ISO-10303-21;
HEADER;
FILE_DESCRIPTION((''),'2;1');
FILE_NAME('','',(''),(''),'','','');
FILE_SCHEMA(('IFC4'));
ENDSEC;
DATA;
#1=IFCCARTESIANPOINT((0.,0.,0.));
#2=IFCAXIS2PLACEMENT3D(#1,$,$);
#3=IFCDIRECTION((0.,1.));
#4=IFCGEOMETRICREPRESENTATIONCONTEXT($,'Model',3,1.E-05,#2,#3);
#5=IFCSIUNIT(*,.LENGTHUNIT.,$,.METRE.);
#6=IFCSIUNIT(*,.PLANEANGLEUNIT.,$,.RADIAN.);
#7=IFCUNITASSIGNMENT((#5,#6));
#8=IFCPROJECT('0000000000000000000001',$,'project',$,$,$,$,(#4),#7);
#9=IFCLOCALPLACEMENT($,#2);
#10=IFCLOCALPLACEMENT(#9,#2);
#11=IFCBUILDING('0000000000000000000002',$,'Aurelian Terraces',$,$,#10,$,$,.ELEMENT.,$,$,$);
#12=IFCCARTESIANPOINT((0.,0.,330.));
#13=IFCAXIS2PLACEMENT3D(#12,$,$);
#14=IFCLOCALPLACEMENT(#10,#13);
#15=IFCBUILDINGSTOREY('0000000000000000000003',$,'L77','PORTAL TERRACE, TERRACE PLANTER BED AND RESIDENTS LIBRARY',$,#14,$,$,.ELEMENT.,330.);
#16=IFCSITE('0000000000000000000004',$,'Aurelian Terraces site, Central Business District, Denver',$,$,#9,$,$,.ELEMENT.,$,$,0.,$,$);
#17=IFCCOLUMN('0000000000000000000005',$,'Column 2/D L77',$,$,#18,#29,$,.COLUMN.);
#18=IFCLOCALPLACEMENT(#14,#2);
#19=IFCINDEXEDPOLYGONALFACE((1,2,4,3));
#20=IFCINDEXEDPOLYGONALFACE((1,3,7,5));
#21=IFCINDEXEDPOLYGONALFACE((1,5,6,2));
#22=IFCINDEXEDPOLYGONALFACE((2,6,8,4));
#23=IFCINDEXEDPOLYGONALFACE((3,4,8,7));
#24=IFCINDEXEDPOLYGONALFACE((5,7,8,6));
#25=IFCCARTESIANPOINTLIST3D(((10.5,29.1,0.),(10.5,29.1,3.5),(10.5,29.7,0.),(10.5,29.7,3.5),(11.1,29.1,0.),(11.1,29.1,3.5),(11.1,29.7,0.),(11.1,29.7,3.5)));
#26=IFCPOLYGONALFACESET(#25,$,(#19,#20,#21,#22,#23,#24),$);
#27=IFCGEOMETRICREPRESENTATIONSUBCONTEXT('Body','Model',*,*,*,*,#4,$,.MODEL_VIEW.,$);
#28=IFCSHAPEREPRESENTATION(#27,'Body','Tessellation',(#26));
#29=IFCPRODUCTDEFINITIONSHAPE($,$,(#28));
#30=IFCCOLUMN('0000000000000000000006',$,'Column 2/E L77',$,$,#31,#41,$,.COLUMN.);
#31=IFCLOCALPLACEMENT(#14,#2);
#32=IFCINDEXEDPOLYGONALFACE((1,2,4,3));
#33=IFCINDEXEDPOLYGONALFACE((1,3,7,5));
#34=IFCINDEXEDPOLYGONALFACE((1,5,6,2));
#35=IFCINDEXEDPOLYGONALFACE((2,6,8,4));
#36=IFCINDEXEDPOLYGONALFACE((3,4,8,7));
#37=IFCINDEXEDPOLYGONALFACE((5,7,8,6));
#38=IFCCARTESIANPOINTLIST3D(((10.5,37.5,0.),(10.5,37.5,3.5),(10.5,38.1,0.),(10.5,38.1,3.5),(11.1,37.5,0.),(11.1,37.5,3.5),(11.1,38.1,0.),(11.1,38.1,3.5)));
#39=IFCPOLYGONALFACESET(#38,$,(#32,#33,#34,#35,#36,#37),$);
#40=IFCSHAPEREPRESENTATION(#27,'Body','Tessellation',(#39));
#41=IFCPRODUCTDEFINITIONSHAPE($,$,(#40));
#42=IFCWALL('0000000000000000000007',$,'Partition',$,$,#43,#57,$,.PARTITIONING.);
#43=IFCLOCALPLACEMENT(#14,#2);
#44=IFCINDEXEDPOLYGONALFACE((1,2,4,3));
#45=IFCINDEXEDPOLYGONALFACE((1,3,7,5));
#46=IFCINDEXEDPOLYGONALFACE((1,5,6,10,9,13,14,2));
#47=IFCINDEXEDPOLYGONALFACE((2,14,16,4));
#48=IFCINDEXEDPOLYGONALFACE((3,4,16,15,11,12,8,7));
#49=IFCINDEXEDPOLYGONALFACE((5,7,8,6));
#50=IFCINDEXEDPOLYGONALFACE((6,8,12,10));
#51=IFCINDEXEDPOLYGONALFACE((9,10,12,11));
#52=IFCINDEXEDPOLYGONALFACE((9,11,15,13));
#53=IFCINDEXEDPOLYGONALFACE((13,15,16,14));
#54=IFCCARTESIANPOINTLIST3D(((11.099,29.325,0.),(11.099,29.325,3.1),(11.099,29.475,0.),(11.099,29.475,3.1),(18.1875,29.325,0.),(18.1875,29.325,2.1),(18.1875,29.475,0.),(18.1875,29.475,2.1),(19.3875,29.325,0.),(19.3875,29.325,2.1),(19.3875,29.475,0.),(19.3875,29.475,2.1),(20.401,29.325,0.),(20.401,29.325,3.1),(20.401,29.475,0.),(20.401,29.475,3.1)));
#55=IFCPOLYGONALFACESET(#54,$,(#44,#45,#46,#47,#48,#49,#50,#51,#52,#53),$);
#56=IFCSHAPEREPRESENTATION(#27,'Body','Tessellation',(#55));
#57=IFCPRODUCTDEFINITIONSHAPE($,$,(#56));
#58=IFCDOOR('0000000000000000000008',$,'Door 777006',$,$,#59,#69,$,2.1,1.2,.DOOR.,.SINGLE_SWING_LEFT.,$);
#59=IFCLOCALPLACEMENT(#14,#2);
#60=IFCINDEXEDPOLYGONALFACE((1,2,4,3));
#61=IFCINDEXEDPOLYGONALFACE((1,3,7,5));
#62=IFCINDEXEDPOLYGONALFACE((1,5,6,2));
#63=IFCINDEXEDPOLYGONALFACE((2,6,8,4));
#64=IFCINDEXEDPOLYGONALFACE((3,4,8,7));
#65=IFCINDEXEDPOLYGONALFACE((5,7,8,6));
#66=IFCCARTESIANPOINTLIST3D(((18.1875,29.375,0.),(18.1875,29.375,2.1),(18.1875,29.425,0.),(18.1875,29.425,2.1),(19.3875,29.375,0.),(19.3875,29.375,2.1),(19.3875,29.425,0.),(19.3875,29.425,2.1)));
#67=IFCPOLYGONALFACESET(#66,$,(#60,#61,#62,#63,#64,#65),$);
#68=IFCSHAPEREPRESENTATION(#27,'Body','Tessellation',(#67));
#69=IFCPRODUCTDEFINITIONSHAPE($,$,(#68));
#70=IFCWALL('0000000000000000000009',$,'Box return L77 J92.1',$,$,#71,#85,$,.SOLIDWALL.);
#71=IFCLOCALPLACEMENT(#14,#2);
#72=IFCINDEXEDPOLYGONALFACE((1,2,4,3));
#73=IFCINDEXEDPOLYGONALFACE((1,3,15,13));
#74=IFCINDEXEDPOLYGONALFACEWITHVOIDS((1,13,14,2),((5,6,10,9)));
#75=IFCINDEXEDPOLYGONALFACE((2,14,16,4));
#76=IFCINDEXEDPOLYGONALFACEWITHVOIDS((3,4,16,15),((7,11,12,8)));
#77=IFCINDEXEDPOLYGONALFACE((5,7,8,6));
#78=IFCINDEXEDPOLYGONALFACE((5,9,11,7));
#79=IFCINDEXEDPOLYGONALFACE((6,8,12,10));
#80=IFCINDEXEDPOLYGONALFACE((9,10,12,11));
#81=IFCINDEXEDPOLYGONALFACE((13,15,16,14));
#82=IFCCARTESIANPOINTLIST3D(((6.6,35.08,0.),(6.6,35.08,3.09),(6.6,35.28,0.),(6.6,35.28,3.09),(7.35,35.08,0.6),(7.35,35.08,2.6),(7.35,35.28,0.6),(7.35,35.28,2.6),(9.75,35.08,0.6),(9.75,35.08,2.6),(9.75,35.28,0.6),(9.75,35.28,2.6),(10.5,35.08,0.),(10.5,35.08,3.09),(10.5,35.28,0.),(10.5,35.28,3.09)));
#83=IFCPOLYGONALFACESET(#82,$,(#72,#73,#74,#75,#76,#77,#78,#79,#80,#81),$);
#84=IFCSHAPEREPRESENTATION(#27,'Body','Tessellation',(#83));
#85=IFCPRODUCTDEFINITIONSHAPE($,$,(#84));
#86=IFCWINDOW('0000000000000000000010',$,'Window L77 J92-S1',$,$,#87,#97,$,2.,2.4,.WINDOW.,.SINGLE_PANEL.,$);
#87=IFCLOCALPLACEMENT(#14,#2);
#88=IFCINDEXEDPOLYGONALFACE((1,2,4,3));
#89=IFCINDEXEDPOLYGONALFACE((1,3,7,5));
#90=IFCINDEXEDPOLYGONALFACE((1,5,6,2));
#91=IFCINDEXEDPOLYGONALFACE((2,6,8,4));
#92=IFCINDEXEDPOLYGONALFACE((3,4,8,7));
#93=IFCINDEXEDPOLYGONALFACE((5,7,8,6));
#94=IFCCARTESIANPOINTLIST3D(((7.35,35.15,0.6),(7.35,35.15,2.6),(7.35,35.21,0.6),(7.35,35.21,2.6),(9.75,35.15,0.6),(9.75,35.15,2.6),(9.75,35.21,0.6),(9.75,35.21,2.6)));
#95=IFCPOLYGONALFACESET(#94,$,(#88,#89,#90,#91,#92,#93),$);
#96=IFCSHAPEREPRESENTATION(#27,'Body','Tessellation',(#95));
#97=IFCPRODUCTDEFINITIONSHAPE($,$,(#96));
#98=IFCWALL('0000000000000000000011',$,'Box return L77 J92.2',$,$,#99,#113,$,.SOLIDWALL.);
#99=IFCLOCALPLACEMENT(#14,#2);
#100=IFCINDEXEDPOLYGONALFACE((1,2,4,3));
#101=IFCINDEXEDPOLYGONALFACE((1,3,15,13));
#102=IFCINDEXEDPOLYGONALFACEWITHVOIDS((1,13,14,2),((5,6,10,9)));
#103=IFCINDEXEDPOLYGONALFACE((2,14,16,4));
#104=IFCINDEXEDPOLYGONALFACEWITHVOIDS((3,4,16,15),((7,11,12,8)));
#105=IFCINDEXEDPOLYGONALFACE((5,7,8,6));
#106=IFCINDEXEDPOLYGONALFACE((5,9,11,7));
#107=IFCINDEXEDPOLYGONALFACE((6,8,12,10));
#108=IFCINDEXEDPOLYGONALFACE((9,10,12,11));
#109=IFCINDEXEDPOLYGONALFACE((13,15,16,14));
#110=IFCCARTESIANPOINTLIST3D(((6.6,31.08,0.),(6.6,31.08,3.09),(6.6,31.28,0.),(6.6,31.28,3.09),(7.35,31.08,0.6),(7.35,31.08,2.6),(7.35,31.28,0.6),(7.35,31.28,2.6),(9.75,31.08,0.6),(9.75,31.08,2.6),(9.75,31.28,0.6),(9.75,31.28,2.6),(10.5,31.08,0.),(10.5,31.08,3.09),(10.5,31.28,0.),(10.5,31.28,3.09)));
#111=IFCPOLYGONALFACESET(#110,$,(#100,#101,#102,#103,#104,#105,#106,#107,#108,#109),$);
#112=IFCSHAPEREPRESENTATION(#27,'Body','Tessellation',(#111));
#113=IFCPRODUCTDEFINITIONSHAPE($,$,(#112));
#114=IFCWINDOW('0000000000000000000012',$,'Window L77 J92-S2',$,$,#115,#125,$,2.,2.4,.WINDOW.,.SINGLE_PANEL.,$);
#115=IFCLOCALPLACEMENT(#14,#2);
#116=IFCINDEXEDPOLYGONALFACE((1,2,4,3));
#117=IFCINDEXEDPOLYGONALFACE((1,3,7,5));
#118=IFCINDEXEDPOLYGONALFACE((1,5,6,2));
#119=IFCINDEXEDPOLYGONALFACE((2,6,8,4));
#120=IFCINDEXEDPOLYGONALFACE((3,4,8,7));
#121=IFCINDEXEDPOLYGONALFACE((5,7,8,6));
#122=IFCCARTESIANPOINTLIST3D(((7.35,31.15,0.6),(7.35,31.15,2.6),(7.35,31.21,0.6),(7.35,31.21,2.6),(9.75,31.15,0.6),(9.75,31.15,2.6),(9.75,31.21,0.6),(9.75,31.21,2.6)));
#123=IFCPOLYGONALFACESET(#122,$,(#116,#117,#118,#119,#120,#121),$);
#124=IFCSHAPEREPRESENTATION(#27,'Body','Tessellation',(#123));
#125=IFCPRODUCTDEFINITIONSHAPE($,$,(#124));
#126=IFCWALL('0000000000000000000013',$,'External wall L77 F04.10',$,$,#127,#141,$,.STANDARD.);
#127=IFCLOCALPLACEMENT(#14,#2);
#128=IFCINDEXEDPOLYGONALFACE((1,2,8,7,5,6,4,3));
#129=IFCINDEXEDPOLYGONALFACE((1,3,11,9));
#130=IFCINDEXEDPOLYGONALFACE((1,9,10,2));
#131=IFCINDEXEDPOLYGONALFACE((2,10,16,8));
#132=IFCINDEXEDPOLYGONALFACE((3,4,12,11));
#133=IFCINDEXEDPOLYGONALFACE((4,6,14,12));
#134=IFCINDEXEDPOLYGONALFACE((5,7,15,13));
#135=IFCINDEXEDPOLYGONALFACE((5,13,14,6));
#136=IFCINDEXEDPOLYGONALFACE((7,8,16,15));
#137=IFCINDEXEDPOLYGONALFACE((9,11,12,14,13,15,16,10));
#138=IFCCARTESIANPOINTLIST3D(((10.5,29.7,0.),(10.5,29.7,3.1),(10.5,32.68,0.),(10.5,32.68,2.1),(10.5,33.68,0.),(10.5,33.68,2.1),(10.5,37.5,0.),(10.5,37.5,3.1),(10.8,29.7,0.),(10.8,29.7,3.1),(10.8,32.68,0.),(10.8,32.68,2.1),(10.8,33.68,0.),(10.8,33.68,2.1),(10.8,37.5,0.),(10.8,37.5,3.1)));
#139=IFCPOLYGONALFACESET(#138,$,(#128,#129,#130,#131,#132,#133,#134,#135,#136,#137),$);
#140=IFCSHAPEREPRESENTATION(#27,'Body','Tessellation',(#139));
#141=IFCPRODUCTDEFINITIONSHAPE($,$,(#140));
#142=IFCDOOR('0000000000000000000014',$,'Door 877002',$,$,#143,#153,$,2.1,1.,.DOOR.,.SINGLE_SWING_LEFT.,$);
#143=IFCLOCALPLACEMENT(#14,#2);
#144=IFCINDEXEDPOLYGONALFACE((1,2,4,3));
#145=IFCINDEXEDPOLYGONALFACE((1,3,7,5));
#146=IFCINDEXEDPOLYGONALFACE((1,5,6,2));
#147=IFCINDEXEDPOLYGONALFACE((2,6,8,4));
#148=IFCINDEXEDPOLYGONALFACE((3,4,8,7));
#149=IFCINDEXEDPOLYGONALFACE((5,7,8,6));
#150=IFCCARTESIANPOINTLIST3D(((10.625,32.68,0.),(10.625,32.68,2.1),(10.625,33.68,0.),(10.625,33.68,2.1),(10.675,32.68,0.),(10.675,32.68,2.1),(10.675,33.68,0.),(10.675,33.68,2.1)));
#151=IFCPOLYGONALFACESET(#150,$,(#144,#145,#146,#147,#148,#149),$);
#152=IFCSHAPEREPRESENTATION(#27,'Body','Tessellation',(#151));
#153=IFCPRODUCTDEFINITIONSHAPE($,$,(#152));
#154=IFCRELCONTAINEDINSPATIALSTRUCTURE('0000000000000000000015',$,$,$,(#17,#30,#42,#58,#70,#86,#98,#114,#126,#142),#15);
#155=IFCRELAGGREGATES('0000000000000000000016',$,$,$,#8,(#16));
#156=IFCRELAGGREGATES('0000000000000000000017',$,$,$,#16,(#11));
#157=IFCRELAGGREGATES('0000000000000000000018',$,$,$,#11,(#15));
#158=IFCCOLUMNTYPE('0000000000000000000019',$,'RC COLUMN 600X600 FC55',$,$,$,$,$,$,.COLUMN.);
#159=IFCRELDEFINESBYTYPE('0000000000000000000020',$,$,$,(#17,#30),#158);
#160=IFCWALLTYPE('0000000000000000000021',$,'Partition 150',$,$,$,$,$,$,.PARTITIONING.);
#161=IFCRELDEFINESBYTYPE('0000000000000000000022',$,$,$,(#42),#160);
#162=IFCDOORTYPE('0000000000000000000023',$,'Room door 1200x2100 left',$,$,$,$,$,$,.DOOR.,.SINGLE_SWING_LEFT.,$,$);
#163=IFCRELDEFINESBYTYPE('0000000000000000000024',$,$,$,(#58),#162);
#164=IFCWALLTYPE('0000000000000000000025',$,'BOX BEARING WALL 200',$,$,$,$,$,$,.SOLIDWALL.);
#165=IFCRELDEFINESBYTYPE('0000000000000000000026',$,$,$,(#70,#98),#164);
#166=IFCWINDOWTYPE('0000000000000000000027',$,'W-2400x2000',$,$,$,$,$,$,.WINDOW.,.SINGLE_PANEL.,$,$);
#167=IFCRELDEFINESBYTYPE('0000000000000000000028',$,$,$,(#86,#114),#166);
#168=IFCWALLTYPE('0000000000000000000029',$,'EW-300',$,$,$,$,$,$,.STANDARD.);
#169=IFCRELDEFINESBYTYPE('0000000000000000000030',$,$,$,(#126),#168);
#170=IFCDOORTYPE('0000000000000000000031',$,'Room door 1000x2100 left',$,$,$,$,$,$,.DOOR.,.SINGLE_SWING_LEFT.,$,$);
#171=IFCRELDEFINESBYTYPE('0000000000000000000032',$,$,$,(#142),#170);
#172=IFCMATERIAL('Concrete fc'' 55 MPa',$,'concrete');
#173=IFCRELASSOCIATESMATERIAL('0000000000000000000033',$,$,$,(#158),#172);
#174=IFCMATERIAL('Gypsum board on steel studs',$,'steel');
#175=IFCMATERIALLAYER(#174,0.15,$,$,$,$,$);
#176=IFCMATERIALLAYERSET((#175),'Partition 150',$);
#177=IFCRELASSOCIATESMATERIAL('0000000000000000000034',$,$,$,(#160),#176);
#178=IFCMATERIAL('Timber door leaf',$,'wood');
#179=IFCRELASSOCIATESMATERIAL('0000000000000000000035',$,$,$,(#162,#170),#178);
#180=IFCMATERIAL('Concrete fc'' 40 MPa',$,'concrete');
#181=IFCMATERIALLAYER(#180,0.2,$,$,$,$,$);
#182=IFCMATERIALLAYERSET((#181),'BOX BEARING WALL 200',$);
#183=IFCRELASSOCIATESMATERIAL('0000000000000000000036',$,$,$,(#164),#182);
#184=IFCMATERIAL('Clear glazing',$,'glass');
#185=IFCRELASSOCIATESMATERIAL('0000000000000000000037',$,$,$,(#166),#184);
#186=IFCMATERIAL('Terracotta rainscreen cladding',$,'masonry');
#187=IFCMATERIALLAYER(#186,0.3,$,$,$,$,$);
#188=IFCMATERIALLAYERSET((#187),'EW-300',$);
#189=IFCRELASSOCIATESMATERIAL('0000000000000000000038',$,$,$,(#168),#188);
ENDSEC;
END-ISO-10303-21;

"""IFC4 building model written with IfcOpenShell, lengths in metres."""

from ifc_helpers import new_model, si_unit, direction, frame, frame_2d, origin, origin_2d, place, context, subcontext, project, spatial, rectangle, extrude, source, transform, mapped, material, layer, layer_set, material_profile, profile_set, type_object, element, fill, save


model = new_model("IFC4")

# Units and contexts
model_context = context("Model", 3, precision=1e-05, world=origin(), true_north=direction((0.0, 1.0)))
body_context = subcontext(model_context, "Body", "Model", "MODEL_VIEW")
ifc_project = project(units=[si_unit("LENGTHUNIT", "METRE"), si_unit("PLANEANGLEUNIT", "RADIAN")], contexts=[model_context])

# Site, building, storey
site_placement = place(None, origin())
site = spatial("IfcSite", under=ifc_project, at=site_placement, Name="Aurelian Terraces site, Central Business District, Denver", CompositionType="ELEMENT", RefElevation=0.0)
building_placement = place(site_placement, origin())
building = spatial("IfcBuilding", under=site, at=building_placement, Name="Aurelian Terraces", CompositionType="ELEMENT")
storey_placement = place(building_placement, frame((0.0, 0.0, 330.0)))
storey = spatial("IfcBuildingStorey", under=building, at=storey_placement, Name="L77", Description="PORTAL TERRACE, TERRACE PLANTER BED AND RESIDENTS LIBRARY", CompositionType="ELEMENT", Elevation=330.0)

# Columns
ifc_material_1 = material(Name="Concrete fc' 55 MPa", Category="concrete")
ifc_material_profile = material_profile(ifc_material_1, rectangle(XDim=0.6, YDim=0.6, at=origin_2d()))
ifc_profile_set = profile_set([ifc_material_profile], Name="Concrete fc' 55 MPa")
column_type = type_object("IfcColumnType", Name="RC COLUMN 600X600 FC55", PredefinedType="COLUMN", material=ifc_profile_set)
shared_shape_1 = source(origin(), body_context, "Body", "SweptSolid", [
    extrude(rectangle(XDim=0.6, YDim=0.6, at=origin_2d()), origin(), (0.0, 0.0, 1.0), 3.5),
])
for number, where, z_axis, x_axis, name in (
    (1, (10.8, 29.4, 0.0), (0.0, 0.0, 1.0), (1.0, 0.0, 0.0), "Column 2/D L77"),
    (2, (10.8, 37.8, 0.0), (0.0, 0.0, 1.0), (1.0, 0.0, 0.0), "Column 2/E L77"),
):
    element("IfcColumn", number, at=place(storey_placement, frame(where, z_axis=z_axis, x_axis=x_axis)), inside=storey, type_object=column_type, Name=name, PredefinedType="COLUMN", context=body_context, shape_type="MappedRepresentation", body=[
        mapped(shared_shape_1, transform((0.0, 0.0, 0.0), scale=1.0)),
    ])

# Wall, opening, door
ifc_material_2 = material(Name="Gypsum board on steel studs", Category="steel")
ifc_layer_1 = layer(ifc_material_2, 0.15)
ifc_layer_set_1 = layer_set([ifc_layer_1], Name="Partition 150")
wall_type_1 = type_object("IfcWallType", Name="Partition 150", PredefinedType="PARTITIONING", material=ifc_layer_set_1)
wall_1_placement = place(storey_placement, frame((11.099, 29.4, 0.0), z_axis=(0.0, 0.0, 1.0), x_axis=(1.0, 0.0, 0.0)))
wall_1 = element("IfcWall", 3, at=wall_1_placement, inside=storey, type_object=wall_type_1, Name="Partition", PredefinedType="PARTITIONING", context=body_context, shape_type="SweptSolid", body=[
    extrude(rectangle(XDim=9.302, YDim=0.15, at=frame_2d((4.651, 0.0))), origin(), (0.0, 0.0, 1.0), 3.1),
])
shared_shape_2 = source(origin(), body_context, "Body", "SweptSolid", [
    extrude(rectangle(XDim=1.2, YDim=2.1, at=frame_2d((0.6, 1.05))), frame((0.0, 0.085, 0.0), z_axis=(0.0, -1.0, 0.0), x_axis=(1.0, 0.0, 0.0)), (0.0, 0.0, 1.0), 0.17),
])
opening_1_placement = place(wall_1_placement, frame((7.0885, 0.0, 0.0)))
opening_1 = element("IfcOpeningElement", 4, at=opening_1_placement, cuts=wall_1, PredefinedType="OPENING", context=body_context, shape_type="MappedRepresentation", body=[
    mapped(shared_shape_2, transform((0.0, 0.0, 0.0), scale=1.0)),
])
ifc_material_3 = material(Name="Timber door leaf", Category="wood")
door_type_1 = type_object("IfcDoorType", Name="Room door 1200x2100 left", OperationType="SINGLE_SWING_LEFT", PredefinedType="DOOR", material=ifc_material_3)
shared_shape_3 = source(origin(), body_context, "Body", "SweptSolid", [
    extrude(rectangle(XDim=1.2, YDim=2.1, at=frame_2d((0.6, 1.05))), frame((0.0, 0.025, 0.0), z_axis=(0.0, -1.0, 0.0), x_axis=(1.0, 0.0, 0.0)), (0.0, 0.0, 1.0), 0.05),
])
door_1_placement = place(opening_1_placement, origin())
door_1 = element("IfcDoor", 5, at=door_1_placement, inside=storey, type_object=door_type_1, Name="Door 777006", OperationType="SINGLE_SWING_LEFT", OverallHeight=2.1, OverallWidth=1.2, PredefinedType="DOOR", context=body_context, shape_type="MappedRepresentation", body=[
    mapped(shared_shape_3, transform((0.0, 0.0, 0.0), scale=1.0)),
])
fill(opening_1, door_1)

# Walls, openings, windows
ifc_material_4 = material(Name="Concrete fc' 40 MPa", Category="concrete")
ifc_layer_2 = layer(ifc_material_4, 0.2)
ifc_layer_set_2 = layer_set([ifc_layer_2], Name="BOX BEARING WALL 200")
wall_type_2 = type_object("IfcWallType", Name="BOX BEARING WALL 200", PredefinedType="SOLIDWALL", material=ifc_layer_set_2)
shared_shape_4 = source(origin(), body_context, "Body", "SweptSolid", [
    extrude(rectangle(XDim=3.9, YDim=0.2, at=frame_2d((1.95, 0.0))), origin(), (0.0, 0.0, 1.0), 3.09),
])
wall_2_placement = place(storey_placement, frame((10.5, 35.18, 0.0), z_axis=(0.0, 0.0, 1.0), x_axis=(-1.0, 0.0, 0.0)))
wall_2 = element("IfcWall", 6, at=wall_2_placement, inside=storey, type_object=wall_type_2, Name="Box return L77 J92.1", PredefinedType="SOLIDWALL", context=body_context, shape_type="MappedRepresentation", body=[
    mapped(shared_shape_4, transform((0.0, 0.0, 0.0), scale=1.0)),
])
shared_shape_5 = source(origin(), body_context, "Body", "SweptSolid", [
    extrude(rectangle(XDim=2.4, YDim=2.0, at=frame_2d((1.2, 1.0))), frame((0.0, 0.11, 0.0), z_axis=(0.0, -1.0, 0.0), x_axis=(1.0, 0.0, 0.0)), (0.0, 0.0, 1.0), 0.22),
])
opening_2_placement = place(wall_2_placement, frame((0.75, 0.0, 0.6)))
opening_2 = element("IfcOpeningElement", 7, at=opening_2_placement, cuts=wall_2, PredefinedType="OPENING", context=body_context, shape_type="MappedRepresentation", body=[
    mapped(shared_shape_5, transform((0.0, 0.0, 0.0), scale=1.0)),
])
ifc_material_5 = material(Name="Clear glazing", Category="glass")
window_type_1 = type_object("IfcWindowType", Name="W-2400x2000", PartitioningType="SINGLE_PANEL", PredefinedType="WINDOW", material=ifc_material_5)
shared_shape_6 = source(origin(), body_context, "Body", "SweptSolid", [
    extrude(rectangle(XDim=2.4, YDim=2.0, at=frame_2d((1.2, 1.0))), frame((0.0, 0.03, 0.0), z_axis=(0.0, -1.0, 0.0), x_axis=(1.0, 0.0, 0.0)), (0.0, 0.0, 1.0), 0.06),
])
window_1_placement = place(opening_2_placement, origin())
window_1 = element("IfcWindow", 8, at=window_1_placement, inside=storey, type_object=window_type_1, Name="Window L77 J92-S1", OverallHeight=2.0, OverallWidth=2.4, PartitioningType="SINGLE_PANEL", PredefinedType="WINDOW", context=body_context, shape_type="MappedRepresentation", body=[
    mapped(shared_shape_6, transform((0.0, 0.0, 0.0), scale=1.0)),
])
fill(opening_2, window_1)
wall_3_placement = place(storey_placement, frame((10.5, 31.18, 0.0), z_axis=(0.0, 0.0, 1.0), x_axis=(-1.0, 0.0, 0.0)))
wall_3 = element("IfcWall", 9, at=wall_3_placement, inside=storey, type_object=wall_type_2, Name="Box return L77 J92.2", PredefinedType="SOLIDWALL", context=body_context, shape_type="MappedRepresentation", body=[
    mapped(shared_shape_4, transform((0.0, 0.0, 0.0), scale=1.0)),
])
opening_3_placement = place(wall_3_placement, frame((0.75, 0.0, 0.6)))
opening_3 = element("IfcOpeningElement", 10, at=opening_3_placement, cuts=wall_3, PredefinedType="OPENING", context=body_context, shape_type="MappedRepresentation", body=[
    mapped(shared_shape_5, transform((0.0, 0.0, 0.0), scale=1.0)),
])
window_2_placement = place(opening_3_placement, origin())
window_2 = element("IfcWindow", 11, at=window_2_placement, inside=storey, type_object=window_type_1, Name="Window L77 J92-S2", OverallHeight=2.0, OverallWidth=2.4, PartitioningType="SINGLE_PANEL", PredefinedType="WINDOW", context=body_context, shape_type="MappedRepresentation", body=[
    mapped(shared_shape_6, transform((0.0, 0.0, 0.0), scale=1.0)),
])
fill(opening_3, window_2)

# Wall, opening, door
ifc_material_6 = material(Name="Terracotta rainscreen cladding", Category="masonry")
ifc_layer_3 = layer(ifc_material_6, 0.3)
ifc_layer_set_3 = layer_set([ifc_layer_3], Name="EW-300")
wall_type_3 = type_object("IfcWallType", Name="EW-300", PredefinedType="STANDARD", material=ifc_layer_set_3)
shared_shape_7 = source(origin(), body_context, "Body", "SweptSolid", [
    extrude(rectangle(XDim=7.8, YDim=0.3, at=frame_2d((3.9, 0.0))), origin(), (0.0, 0.0, 1.0), 3.1),
])
wall_4_placement = place(storey_placement, frame((10.65, 37.5, 0.0), z_axis=(0.0, 0.0, 1.0), x_axis=(0.0, -1.0, 0.0)))
wall_4 = element("IfcWall", 12, at=wall_4_placement, inside=storey, type_object=wall_type_3, Name="External wall L77 F04.10", PredefinedType="STANDARD", context=body_context, shape_type="MappedRepresentation", body=[
    mapped(shared_shape_7, transform((0.0, 0.0, 0.0), scale=1.0)),
])
shared_shape_8 = source(origin(), body_context, "Body", "SweptSolid", [
    extrude(rectangle(XDim=1.0, YDim=2.1, at=frame_2d((0.5, 1.05))), frame((0.0, 0.16, 0.0), z_axis=(0.0, -1.0, 0.0), x_axis=(1.0, 0.0, 0.0)), (0.0, 0.0, 1.0), 0.32),
])
opening_4_placement = place(wall_4_placement, frame((3.82, 0.0, 0.0)))
opening_4 = element("IfcOpeningElement", 13, at=opening_4_placement, cuts=wall_4, PredefinedType="OPENING", context=body_context, shape_type="MappedRepresentation", body=[
    mapped(shared_shape_8, transform((0.0, 0.0, 0.0), scale=1.0)),
])
door_type_2 = type_object("IfcDoorType", Name="Room door 1000x2100 left", OperationType="SINGLE_SWING_LEFT", PredefinedType="DOOR", material=ifc_material_3)
shared_shape_9 = source(origin(), body_context, "Body", "SweptSolid", [
    extrude(rectangle(XDim=1.0, YDim=2.1, at=frame_2d((0.5, 1.05))), frame((0.0, 0.025, 0.0), z_axis=(0.0, -1.0, 0.0), x_axis=(1.0, 0.0, 0.0)), (0.0, 0.0, 1.0), 0.05),
])
door_2_placement = place(opening_4_placement, origin())
door_2 = element("IfcDoor", 14, at=door_2_placement, inside=storey, type_object=door_type_2, Name="Door 877002", OperationType="SINGLE_SWING_LEFT", OverallHeight=2.1, OverallWidth=1.0, PredefinedType="DOOR", context=body_context, shape_type="MappedRepresentation", body=[
    mapped(shared_shape_9, transform((0.0, 0.0, 0.0), scale=1.0)),
])
fill(opening_4, door_2)

save(model, "model.ifc")
